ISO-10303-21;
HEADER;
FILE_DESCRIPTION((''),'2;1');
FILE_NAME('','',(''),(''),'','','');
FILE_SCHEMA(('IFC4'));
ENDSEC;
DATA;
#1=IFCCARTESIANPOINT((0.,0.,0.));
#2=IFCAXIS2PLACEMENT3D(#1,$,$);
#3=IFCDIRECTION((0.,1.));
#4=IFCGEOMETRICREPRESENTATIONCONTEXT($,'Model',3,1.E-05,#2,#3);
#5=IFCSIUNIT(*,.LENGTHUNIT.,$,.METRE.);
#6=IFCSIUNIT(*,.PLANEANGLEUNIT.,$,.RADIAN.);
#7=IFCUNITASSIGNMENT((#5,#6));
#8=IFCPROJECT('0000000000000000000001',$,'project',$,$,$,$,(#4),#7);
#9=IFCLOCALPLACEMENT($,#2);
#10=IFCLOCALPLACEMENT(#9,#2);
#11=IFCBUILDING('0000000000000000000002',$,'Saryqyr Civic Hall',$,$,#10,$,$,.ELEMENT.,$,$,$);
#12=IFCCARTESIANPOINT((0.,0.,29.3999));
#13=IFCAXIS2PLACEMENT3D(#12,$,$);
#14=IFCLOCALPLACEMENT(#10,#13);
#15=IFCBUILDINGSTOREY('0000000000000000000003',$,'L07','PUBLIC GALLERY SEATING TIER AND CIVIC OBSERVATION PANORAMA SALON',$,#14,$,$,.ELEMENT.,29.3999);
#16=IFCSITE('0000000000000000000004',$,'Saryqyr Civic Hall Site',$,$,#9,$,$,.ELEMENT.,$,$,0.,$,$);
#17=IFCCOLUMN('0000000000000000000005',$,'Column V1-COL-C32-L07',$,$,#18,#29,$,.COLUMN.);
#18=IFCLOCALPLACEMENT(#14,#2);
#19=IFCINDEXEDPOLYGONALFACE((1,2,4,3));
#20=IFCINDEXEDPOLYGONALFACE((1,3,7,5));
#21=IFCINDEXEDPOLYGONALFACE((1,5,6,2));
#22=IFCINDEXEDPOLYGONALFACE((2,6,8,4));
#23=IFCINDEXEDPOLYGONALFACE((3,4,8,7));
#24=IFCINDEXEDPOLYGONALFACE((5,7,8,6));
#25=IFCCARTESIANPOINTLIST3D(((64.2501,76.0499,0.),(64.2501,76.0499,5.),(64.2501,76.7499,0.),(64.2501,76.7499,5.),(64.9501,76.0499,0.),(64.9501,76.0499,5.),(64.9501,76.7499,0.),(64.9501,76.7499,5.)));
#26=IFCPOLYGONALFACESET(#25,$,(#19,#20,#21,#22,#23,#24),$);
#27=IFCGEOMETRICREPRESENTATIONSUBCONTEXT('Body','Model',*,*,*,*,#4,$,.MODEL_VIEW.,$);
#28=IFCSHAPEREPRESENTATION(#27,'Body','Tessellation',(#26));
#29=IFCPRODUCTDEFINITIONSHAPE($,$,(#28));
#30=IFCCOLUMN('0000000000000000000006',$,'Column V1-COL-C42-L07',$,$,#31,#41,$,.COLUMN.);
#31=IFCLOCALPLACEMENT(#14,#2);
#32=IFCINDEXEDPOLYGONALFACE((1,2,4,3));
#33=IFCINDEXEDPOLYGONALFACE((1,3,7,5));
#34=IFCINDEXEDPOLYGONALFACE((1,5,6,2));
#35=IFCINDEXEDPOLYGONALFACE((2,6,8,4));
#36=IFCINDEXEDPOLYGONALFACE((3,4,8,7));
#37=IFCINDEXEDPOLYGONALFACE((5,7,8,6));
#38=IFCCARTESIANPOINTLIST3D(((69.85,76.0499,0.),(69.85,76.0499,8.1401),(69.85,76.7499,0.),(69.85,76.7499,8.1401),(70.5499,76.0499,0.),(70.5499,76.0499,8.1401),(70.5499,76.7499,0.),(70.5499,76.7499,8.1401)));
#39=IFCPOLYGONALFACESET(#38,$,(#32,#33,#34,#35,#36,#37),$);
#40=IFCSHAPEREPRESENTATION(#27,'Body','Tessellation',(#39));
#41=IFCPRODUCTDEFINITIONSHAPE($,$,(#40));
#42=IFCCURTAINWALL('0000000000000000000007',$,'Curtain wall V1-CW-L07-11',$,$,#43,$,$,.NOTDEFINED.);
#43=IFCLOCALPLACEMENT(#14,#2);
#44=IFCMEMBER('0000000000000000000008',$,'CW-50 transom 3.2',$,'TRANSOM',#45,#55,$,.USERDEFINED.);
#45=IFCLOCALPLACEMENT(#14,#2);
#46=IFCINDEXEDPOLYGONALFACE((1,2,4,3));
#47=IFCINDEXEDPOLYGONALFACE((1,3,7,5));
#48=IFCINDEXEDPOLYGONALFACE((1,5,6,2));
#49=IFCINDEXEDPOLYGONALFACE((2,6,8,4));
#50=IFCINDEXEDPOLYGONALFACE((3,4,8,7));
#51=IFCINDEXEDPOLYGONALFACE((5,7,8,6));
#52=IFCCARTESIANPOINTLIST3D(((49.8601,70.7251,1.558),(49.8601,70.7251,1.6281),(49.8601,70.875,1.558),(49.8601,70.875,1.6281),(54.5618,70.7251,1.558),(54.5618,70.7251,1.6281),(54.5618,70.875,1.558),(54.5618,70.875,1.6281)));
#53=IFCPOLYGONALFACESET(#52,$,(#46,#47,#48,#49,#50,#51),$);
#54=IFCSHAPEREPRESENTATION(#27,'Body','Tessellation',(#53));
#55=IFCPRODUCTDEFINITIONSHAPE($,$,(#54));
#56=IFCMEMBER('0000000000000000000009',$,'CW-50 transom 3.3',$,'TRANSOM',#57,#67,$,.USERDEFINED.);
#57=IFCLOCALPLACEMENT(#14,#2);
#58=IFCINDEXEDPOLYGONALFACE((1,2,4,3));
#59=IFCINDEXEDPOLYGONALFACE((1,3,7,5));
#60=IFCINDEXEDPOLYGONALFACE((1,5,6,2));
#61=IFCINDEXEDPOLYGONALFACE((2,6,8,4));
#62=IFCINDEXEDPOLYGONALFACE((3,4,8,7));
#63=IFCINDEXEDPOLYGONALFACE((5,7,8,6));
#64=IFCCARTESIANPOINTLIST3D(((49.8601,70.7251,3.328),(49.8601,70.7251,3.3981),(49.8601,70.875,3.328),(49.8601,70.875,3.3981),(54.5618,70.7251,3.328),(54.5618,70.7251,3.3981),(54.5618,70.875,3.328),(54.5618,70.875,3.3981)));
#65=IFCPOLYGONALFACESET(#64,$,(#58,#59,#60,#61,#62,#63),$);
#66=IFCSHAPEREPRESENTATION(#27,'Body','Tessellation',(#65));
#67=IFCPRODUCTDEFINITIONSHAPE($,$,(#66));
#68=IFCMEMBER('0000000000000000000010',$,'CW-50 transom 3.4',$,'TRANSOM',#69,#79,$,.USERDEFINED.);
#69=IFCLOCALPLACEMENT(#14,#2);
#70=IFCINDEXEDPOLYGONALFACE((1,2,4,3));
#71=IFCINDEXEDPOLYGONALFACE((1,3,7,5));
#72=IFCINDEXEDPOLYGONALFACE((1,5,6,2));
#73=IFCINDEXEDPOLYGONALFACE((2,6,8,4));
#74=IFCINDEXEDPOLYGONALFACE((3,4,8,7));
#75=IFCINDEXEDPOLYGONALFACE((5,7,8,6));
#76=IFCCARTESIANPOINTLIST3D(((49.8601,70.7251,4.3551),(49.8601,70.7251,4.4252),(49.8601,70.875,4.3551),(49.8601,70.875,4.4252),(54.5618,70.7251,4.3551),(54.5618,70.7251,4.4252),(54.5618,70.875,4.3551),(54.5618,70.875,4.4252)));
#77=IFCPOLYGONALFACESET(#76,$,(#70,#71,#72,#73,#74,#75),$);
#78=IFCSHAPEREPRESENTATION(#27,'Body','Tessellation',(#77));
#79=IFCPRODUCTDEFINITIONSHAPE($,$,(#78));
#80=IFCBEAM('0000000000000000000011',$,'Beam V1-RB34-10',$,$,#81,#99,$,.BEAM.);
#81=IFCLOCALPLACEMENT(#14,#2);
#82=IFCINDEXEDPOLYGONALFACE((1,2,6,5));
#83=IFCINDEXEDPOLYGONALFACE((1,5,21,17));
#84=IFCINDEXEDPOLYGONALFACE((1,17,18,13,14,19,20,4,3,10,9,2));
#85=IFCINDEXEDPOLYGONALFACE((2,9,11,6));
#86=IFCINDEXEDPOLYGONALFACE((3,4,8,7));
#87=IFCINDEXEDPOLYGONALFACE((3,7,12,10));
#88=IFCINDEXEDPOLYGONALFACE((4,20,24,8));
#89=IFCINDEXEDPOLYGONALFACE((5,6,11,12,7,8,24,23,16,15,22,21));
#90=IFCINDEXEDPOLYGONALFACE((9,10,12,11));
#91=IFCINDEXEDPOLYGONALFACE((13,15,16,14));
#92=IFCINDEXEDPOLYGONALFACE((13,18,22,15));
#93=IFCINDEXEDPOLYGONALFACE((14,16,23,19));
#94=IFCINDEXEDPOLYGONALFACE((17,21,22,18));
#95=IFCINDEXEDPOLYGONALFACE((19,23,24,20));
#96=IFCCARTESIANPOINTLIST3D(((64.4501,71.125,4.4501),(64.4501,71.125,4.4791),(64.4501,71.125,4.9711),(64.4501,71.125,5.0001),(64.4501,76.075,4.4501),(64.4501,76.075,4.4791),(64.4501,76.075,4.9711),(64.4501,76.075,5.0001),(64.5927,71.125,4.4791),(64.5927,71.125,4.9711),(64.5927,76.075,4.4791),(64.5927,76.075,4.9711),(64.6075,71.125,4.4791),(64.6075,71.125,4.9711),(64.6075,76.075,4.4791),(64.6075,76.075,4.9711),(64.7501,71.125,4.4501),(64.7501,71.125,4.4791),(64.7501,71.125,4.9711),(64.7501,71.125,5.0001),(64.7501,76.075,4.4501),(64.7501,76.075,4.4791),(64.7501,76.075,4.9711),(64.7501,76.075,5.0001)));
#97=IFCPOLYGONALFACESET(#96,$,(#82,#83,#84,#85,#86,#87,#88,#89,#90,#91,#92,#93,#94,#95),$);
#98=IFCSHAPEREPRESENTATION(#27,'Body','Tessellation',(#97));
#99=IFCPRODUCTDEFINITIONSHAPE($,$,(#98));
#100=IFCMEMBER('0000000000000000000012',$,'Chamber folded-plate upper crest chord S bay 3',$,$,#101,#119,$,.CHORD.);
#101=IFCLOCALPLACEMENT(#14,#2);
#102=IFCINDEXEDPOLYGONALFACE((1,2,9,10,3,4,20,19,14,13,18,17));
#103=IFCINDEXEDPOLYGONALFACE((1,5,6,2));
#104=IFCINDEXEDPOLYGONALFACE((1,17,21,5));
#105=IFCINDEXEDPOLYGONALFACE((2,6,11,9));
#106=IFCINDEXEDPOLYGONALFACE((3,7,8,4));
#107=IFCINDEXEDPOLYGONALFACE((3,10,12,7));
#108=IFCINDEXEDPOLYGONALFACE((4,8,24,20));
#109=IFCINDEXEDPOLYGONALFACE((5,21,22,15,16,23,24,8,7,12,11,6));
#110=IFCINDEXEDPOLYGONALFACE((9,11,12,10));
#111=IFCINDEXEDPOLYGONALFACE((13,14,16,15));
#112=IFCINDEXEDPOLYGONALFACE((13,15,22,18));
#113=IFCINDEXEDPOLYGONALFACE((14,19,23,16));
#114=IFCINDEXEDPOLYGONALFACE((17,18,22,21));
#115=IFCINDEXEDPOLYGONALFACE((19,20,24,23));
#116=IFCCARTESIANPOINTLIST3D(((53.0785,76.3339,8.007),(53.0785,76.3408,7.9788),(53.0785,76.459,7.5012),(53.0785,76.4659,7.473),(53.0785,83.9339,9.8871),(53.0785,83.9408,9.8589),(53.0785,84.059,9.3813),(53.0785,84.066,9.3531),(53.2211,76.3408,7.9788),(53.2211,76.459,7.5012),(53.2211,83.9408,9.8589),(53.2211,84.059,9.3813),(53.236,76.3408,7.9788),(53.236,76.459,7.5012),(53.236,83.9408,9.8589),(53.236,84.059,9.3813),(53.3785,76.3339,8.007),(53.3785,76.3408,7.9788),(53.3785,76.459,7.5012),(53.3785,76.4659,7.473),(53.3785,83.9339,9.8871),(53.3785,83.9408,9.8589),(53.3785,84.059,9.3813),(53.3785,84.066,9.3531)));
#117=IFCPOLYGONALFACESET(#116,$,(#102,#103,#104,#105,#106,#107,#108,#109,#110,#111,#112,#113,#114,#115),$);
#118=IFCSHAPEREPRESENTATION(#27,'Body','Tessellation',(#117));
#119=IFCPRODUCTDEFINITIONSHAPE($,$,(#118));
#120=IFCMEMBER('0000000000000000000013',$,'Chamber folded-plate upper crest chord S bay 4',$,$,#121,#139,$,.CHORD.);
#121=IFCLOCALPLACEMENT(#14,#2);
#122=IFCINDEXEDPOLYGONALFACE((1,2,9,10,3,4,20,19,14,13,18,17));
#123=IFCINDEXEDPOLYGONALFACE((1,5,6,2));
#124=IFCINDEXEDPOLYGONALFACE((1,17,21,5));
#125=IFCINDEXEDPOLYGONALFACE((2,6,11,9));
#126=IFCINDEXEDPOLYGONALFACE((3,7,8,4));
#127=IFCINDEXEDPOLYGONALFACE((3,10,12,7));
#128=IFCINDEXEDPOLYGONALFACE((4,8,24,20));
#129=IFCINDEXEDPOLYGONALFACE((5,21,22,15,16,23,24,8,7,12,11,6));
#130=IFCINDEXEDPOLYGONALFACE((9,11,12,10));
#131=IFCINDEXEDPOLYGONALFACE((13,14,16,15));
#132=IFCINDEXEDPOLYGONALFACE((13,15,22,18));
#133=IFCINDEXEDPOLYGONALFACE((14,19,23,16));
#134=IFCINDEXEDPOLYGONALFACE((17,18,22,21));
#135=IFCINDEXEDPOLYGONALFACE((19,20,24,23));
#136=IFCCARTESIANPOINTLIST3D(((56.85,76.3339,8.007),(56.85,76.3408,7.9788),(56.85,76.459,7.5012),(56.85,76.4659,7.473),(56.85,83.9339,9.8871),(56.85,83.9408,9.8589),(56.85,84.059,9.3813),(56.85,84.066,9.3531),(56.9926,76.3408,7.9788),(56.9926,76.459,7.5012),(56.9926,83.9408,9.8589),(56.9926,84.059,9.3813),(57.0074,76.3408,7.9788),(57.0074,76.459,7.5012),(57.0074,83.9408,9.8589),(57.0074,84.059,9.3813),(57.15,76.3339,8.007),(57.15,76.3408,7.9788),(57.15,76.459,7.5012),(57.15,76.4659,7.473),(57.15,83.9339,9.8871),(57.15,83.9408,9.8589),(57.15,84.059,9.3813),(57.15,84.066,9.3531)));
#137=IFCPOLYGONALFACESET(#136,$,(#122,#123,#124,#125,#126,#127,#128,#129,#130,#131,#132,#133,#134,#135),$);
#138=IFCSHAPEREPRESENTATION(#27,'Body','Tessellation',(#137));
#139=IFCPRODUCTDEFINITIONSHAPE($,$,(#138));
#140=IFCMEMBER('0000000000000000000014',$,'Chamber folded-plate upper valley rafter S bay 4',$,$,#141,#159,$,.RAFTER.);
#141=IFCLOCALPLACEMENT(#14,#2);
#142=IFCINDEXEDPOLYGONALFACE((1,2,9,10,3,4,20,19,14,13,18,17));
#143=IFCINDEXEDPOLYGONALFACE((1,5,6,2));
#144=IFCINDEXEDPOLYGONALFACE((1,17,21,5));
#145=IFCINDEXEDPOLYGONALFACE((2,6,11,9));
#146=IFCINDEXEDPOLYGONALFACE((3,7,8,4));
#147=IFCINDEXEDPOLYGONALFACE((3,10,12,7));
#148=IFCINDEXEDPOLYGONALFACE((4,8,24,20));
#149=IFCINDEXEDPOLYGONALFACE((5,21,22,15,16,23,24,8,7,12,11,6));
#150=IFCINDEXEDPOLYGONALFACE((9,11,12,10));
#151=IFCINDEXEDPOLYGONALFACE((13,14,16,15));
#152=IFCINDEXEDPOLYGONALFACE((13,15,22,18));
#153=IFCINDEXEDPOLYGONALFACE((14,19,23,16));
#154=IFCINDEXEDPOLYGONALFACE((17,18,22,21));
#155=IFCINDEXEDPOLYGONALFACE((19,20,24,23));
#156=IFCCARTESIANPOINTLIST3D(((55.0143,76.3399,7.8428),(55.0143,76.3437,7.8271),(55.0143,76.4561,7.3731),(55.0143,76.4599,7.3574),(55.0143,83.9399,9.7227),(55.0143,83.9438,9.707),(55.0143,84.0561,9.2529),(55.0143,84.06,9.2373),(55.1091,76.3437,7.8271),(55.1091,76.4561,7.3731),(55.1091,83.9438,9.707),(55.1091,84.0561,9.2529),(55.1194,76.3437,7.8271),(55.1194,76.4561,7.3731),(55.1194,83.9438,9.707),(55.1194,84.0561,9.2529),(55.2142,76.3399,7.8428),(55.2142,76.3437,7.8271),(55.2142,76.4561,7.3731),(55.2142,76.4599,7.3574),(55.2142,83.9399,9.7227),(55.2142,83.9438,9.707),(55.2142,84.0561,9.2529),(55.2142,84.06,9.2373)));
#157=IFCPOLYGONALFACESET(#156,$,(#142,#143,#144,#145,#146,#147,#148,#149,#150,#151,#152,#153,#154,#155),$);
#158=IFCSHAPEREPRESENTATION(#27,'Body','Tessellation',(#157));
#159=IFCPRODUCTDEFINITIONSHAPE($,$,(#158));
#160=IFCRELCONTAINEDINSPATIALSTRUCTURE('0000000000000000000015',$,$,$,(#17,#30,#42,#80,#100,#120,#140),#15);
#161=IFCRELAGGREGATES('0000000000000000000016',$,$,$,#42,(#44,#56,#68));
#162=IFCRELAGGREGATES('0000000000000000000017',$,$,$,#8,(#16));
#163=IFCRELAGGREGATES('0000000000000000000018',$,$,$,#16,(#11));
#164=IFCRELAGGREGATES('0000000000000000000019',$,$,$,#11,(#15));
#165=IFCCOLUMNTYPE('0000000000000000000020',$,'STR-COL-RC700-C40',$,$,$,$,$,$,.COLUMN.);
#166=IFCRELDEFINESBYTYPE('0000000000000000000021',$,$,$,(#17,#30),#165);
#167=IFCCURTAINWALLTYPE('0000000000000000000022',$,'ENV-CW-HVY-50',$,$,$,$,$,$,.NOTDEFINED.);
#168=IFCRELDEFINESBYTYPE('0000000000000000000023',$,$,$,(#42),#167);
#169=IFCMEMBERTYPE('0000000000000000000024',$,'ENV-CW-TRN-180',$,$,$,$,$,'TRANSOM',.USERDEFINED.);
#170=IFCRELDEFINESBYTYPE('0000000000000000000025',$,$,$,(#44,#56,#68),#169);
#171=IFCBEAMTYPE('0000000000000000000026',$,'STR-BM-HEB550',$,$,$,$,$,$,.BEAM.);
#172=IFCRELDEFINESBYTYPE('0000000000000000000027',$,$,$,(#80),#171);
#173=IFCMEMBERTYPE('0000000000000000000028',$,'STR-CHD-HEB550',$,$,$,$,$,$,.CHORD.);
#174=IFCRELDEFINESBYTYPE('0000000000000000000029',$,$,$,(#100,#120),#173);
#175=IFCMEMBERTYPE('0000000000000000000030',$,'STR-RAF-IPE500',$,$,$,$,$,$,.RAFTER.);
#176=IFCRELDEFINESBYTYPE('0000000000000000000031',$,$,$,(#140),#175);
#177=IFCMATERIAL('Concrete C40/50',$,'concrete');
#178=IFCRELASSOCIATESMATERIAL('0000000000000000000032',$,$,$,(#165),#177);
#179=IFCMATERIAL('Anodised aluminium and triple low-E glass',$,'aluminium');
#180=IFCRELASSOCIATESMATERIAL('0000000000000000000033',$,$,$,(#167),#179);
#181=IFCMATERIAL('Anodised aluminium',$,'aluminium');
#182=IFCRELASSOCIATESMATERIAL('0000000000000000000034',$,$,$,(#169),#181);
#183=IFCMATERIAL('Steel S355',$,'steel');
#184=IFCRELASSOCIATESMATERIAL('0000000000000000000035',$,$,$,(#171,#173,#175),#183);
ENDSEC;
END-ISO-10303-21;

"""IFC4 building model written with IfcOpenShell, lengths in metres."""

from ifc_helpers import new_model, si_unit, direction, frame, origin, origin_2d, place, context, subcontext, project, spatial, rectangle, i_section, extrude, material, material_profile, profile_set, type_object, element, aggregate, save


model = new_model("IFC4")

# Units and contexts
model_context = context("Model", 3, precision=1e-05, world=origin(), true_north=direction((0.0, 1.0)))
body_context = subcontext(model_context, "Body", "Model", "MODEL_VIEW")
ifc_project = project(units=[si_unit("LENGTHUNIT", "METRE"), si_unit("PLANEANGLEUNIT", "RADIAN")], contexts=[model_context])

# Site, building, storey
site_placement = place(None, origin())
site = spatial("IfcSite", under=ifc_project, at=site_placement, Name="Saryqyr Civic Hall Site", CompositionType="ELEMENT", RefElevation=0.0)
building_placement = place(site_placement, origin())
building = spatial("IfcBuilding", under=site, at=building_placement, Name="Saryqyr Civic Hall", CompositionType="ELEMENT")
storey_placement = place(building_placement, frame((0.0, 0.0, 29.3999)))
storey = spatial("IfcBuildingStorey", under=building, at=storey_placement, Name="L07", Description="PUBLIC GALLERY SEATING TIER AND CIVIC OBSERVATION PANORAMA SALON", CompositionType="ELEMENT", Elevation=29.3999)

# Columns
ifc_material_1 = material(Name="Concrete C40/50", Category="concrete")
ifc_material_profile_1 = material_profile(ifc_material_1, rectangle(XDim=0.7, YDim=0.7, at=origin_2d()), Name="RC 700x700")
ifc_profile_set_1 = profile_set([ifc_material_profile_1], Name="Concrete C40/50")
column_type = type_object("IfcColumnType", Name="STR-COL-RC700-C40", PredefinedType="COLUMN", material=ifc_profile_set_1)
column_1_placement = place(storey_placement, frame((64.6001, 76.3999, 0.0), z_axis=(0.0, 0.0, 1.0), x_axis=(1.0, 0.0, 0.0)))
element("IfcColumn", 1, at=column_1_placement, inside=storey, type_object=column_type, Name="Column V1-COL-C32-L07", PredefinedType="COLUMN", context=body_context, shape_type="SweptSolid", body=[
    extrude(rectangle(XDim=0.7, YDim=0.7, at=origin_2d()), origin(), (0.0, 0.0, 1.0), 5.0),
])
column_2_placement = place(storey_placement, frame((70.2, 76.3999, 0.0), z_axis=(0.0, 0.0, 1.0), x_axis=(1.0, 0.0, 0.0)))
element("IfcColumn", 2, at=column_2_placement, inside=storey, type_object=column_type, Name="Column V1-COL-C42-L07", PredefinedType="COLUMN", context=body_context, shape_type="SweptSolid", body=[
    extrude(rectangle(XDim=0.7, YDim=0.7, at=origin_2d()), origin(), (0.0, 0.0, 1.0), 8.1401),
])

# Curtain wall, members
ifc_material_2 = material(Name="Anodised aluminium and triple low-E glass", Category="aluminium")
curtain_wall_type = type_object("IfcCurtainWallType", Name="ENV-CW-HVY-50", PredefinedType="NOTDEFINED", material=ifc_material_2)
curtain_wall_placement = place(storey_placement, origin())
curtain_wall = element("IfcCurtainWall", 3, at=curtain_wall_placement, inside=storey, type_object=curtain_wall_type, Name="Curtain wall V1-CW-L07-11", PredefinedType="NOTDEFINED")
ifc_material_3 = material(Name="Anodised aluminium", Category="aluminium")
ifc_material_profile_2 = material_profile(ifc_material_3, rectangle(XDim=0.1499, YDim=0.0701, at=origin_2d()), Name="ALU TRANSOM 150x70")
ifc_profile_set_2 = profile_set([ifc_material_profile_2], Name="Anodised aluminium")
member_type_1 = type_object("IfcMemberType", Name="ENV-CW-TRN-180", ElementType="TRANSOM", PredefinedType="USERDEFINED", material=ifc_profile_set_2)
member_1_placement = place(storey_placement, frame((54.5618, 70.8, 1.593), z_axis=(-1.0, 0.0, 0.0), x_axis=(0.0, -1.0, 0.0)))
member_1 = element("IfcMember", 4, at=member_1_placement, type_object=member_type_1, Name="CW-50 transom 3.2", ObjectType="TRANSOM", PredefinedType="USERDEFINED", context=body_context, shape_type="SweptSolid", body=[
    extrude(rectangle(XDim=0.1499, YDim=0.0701, at=origin_2d()), origin(), (0.0, 0.0, 1.0), 4.7017),
])
member_2_placement = place(storey_placement, frame((54.5618, 70.8, 3.363), z_axis=(-1.0, 0.0, 0.0), x_axis=(0.0, -1.0, 0.0)))
member_2 = element("IfcMember", 5, at=member_2_placement, type_object=member_type_1, Name="CW-50 transom 3.3", ObjectType="TRANSOM", PredefinedType="USERDEFINED", context=body_context, shape_type="SweptSolid", body=[
    extrude(rectangle(XDim=0.1499, YDim=0.0701, at=origin_2d()), origin(), (0.0, 0.0, 1.0), 4.7017),
])
member_3_placement = place(storey_placement, frame((54.5618, 70.8, 4.3901), z_axis=(-1.0, 0.0, 0.0), x_axis=(0.0, -1.0, 0.0)))
member_3 = element("IfcMember", 6, at=member_3_placement, type_object=member_type_1, Name="CW-50 transom 3.4", ObjectType="TRANSOM", PredefinedType="USERDEFINED", context=body_context, shape_type="SweptSolid", body=[
    extrude(rectangle(XDim=0.1499, YDim=0.0701, at=origin_2d()), origin(), (0.0, 0.0, 1.0), 4.7017),
])

# Beam
ifc_material_4 = material(Name="Steel S355", Category="steel")
ifc_material_profile_3 = material_profile(ifc_material_4, i_section(OverallWidth=0.3, OverallDepth=0.55, WebThickness=0.0149, FlangeThickness=0.0291, at=origin_2d()), Name="HEB 550")
ifc_profile_set_3 = profile_set([ifc_material_profile_3], Name="Steel S355")
beam_type = type_object("IfcBeamType", Name="STR-BM-HEB550", PredefinedType="BEAM", material=ifc_profile_set_3)
beam_placement = place(storey_placement, frame((64.6001, 71.125, 4.7251), z_axis=(0.0, 1.0, 0.0), x_axis=(-1.0, 0.0, 0.0)))
element("IfcBeam", 7, at=beam_placement, inside=storey, type_object=beam_type, Name="Beam V1-RB34-10", PredefinedType="BEAM", context=body_context, shape_type="SweptSolid", body=[
    extrude(i_section(OverallWidth=0.3, OverallDepth=0.55, WebThickness=0.0149, FlangeThickness=0.0291, at=origin_2d()), origin(), (0.0, 0.0, 1.0), 4.95),
])

# Members
ifc_material_profile_4 = material_profile(ifc_material_4, i_section(OverallWidth=0.3, OverallDepth=0.55, WebThickness=0.0149, FlangeThickness=0.0291, at=origin_2d()), Name="HEB 550")
ifc_profile_set_4 = profile_set([ifc_material_profile_4], Name="Steel S355")
member_type_2 = type_object("IfcMemberType", Name="STR-CHD-HEB550", PredefinedType="CHORD", material=ifc_profile_set_4)
for number, where, z_axis, x_axis, name in (
    (8, (53.2285, 76.3999, 7.74), (0.0, 0.970738, 0.240143), (-1.0, 0.0, 0.0), "Chamber folded-plate upper crest chord S bay 3"),
    (9, (57.0, 76.3999, 7.74), (0.0, 0.970738, 0.240143), (-1.0, 0.0, 0.0), "Chamber folded-plate upper crest chord S bay 4"),
):
    element("IfcMember", number, at=place(storey_placement, frame(where, z_axis=z_axis, x_axis=x_axis)), inside=storey, type_object=member_type_2, Name=name, PredefinedType="CHORD", context=body_context, shape_type="SweptSolid", body=[
        extrude(i_section(OverallWidth=0.3, OverallDepth=0.55, WebThickness=0.0149, FlangeThickness=0.0291, at=origin_2d()), origin(), (0.0, 0.0, 1.0), 7.8291),
    ])
ifc_material_profile_5 = material_profile(ifc_material_4, i_section(OverallWidth=0.2, OverallDepth=0.5, WebThickness=0.0103, FlangeThickness=0.0161, at=origin_2d()), Name="IPE 500")
ifc_profile_set_5 = profile_set([ifc_material_profile_5], Name="Steel S355")
member_type_3 = type_object("IfcMemberType", Name="STR-RAF-IPE500", PredefinedType="RAFTER", material=ifc_profile_set_5)
member_4_placement = place(storey_placement, frame((55.1143, 76.3999, 7.6001), z_axis=(0.0, 0.970745, 0.240114), x_axis=(-1.0, 0.0, 0.0)))
element("IfcMember", 10, at=member_4_placement, inside=storey, type_object=member_type_3, Name="Chamber folded-plate upper valley rafter S bay 4", PredefinedType="RAFTER", context=body_context, shape_type="SweptSolid", body=[
    extrude(i_section(OverallWidth=0.2, OverallDepth=0.5, WebThickness=0.0103, FlangeThickness=0.0161, at=origin_2d()), origin(), (0.0, 0.0, 1.0), 7.8291),
])

aggregate(curtain_wall, [member_1, member_2, member_3])

save(model, "model.ifc")
